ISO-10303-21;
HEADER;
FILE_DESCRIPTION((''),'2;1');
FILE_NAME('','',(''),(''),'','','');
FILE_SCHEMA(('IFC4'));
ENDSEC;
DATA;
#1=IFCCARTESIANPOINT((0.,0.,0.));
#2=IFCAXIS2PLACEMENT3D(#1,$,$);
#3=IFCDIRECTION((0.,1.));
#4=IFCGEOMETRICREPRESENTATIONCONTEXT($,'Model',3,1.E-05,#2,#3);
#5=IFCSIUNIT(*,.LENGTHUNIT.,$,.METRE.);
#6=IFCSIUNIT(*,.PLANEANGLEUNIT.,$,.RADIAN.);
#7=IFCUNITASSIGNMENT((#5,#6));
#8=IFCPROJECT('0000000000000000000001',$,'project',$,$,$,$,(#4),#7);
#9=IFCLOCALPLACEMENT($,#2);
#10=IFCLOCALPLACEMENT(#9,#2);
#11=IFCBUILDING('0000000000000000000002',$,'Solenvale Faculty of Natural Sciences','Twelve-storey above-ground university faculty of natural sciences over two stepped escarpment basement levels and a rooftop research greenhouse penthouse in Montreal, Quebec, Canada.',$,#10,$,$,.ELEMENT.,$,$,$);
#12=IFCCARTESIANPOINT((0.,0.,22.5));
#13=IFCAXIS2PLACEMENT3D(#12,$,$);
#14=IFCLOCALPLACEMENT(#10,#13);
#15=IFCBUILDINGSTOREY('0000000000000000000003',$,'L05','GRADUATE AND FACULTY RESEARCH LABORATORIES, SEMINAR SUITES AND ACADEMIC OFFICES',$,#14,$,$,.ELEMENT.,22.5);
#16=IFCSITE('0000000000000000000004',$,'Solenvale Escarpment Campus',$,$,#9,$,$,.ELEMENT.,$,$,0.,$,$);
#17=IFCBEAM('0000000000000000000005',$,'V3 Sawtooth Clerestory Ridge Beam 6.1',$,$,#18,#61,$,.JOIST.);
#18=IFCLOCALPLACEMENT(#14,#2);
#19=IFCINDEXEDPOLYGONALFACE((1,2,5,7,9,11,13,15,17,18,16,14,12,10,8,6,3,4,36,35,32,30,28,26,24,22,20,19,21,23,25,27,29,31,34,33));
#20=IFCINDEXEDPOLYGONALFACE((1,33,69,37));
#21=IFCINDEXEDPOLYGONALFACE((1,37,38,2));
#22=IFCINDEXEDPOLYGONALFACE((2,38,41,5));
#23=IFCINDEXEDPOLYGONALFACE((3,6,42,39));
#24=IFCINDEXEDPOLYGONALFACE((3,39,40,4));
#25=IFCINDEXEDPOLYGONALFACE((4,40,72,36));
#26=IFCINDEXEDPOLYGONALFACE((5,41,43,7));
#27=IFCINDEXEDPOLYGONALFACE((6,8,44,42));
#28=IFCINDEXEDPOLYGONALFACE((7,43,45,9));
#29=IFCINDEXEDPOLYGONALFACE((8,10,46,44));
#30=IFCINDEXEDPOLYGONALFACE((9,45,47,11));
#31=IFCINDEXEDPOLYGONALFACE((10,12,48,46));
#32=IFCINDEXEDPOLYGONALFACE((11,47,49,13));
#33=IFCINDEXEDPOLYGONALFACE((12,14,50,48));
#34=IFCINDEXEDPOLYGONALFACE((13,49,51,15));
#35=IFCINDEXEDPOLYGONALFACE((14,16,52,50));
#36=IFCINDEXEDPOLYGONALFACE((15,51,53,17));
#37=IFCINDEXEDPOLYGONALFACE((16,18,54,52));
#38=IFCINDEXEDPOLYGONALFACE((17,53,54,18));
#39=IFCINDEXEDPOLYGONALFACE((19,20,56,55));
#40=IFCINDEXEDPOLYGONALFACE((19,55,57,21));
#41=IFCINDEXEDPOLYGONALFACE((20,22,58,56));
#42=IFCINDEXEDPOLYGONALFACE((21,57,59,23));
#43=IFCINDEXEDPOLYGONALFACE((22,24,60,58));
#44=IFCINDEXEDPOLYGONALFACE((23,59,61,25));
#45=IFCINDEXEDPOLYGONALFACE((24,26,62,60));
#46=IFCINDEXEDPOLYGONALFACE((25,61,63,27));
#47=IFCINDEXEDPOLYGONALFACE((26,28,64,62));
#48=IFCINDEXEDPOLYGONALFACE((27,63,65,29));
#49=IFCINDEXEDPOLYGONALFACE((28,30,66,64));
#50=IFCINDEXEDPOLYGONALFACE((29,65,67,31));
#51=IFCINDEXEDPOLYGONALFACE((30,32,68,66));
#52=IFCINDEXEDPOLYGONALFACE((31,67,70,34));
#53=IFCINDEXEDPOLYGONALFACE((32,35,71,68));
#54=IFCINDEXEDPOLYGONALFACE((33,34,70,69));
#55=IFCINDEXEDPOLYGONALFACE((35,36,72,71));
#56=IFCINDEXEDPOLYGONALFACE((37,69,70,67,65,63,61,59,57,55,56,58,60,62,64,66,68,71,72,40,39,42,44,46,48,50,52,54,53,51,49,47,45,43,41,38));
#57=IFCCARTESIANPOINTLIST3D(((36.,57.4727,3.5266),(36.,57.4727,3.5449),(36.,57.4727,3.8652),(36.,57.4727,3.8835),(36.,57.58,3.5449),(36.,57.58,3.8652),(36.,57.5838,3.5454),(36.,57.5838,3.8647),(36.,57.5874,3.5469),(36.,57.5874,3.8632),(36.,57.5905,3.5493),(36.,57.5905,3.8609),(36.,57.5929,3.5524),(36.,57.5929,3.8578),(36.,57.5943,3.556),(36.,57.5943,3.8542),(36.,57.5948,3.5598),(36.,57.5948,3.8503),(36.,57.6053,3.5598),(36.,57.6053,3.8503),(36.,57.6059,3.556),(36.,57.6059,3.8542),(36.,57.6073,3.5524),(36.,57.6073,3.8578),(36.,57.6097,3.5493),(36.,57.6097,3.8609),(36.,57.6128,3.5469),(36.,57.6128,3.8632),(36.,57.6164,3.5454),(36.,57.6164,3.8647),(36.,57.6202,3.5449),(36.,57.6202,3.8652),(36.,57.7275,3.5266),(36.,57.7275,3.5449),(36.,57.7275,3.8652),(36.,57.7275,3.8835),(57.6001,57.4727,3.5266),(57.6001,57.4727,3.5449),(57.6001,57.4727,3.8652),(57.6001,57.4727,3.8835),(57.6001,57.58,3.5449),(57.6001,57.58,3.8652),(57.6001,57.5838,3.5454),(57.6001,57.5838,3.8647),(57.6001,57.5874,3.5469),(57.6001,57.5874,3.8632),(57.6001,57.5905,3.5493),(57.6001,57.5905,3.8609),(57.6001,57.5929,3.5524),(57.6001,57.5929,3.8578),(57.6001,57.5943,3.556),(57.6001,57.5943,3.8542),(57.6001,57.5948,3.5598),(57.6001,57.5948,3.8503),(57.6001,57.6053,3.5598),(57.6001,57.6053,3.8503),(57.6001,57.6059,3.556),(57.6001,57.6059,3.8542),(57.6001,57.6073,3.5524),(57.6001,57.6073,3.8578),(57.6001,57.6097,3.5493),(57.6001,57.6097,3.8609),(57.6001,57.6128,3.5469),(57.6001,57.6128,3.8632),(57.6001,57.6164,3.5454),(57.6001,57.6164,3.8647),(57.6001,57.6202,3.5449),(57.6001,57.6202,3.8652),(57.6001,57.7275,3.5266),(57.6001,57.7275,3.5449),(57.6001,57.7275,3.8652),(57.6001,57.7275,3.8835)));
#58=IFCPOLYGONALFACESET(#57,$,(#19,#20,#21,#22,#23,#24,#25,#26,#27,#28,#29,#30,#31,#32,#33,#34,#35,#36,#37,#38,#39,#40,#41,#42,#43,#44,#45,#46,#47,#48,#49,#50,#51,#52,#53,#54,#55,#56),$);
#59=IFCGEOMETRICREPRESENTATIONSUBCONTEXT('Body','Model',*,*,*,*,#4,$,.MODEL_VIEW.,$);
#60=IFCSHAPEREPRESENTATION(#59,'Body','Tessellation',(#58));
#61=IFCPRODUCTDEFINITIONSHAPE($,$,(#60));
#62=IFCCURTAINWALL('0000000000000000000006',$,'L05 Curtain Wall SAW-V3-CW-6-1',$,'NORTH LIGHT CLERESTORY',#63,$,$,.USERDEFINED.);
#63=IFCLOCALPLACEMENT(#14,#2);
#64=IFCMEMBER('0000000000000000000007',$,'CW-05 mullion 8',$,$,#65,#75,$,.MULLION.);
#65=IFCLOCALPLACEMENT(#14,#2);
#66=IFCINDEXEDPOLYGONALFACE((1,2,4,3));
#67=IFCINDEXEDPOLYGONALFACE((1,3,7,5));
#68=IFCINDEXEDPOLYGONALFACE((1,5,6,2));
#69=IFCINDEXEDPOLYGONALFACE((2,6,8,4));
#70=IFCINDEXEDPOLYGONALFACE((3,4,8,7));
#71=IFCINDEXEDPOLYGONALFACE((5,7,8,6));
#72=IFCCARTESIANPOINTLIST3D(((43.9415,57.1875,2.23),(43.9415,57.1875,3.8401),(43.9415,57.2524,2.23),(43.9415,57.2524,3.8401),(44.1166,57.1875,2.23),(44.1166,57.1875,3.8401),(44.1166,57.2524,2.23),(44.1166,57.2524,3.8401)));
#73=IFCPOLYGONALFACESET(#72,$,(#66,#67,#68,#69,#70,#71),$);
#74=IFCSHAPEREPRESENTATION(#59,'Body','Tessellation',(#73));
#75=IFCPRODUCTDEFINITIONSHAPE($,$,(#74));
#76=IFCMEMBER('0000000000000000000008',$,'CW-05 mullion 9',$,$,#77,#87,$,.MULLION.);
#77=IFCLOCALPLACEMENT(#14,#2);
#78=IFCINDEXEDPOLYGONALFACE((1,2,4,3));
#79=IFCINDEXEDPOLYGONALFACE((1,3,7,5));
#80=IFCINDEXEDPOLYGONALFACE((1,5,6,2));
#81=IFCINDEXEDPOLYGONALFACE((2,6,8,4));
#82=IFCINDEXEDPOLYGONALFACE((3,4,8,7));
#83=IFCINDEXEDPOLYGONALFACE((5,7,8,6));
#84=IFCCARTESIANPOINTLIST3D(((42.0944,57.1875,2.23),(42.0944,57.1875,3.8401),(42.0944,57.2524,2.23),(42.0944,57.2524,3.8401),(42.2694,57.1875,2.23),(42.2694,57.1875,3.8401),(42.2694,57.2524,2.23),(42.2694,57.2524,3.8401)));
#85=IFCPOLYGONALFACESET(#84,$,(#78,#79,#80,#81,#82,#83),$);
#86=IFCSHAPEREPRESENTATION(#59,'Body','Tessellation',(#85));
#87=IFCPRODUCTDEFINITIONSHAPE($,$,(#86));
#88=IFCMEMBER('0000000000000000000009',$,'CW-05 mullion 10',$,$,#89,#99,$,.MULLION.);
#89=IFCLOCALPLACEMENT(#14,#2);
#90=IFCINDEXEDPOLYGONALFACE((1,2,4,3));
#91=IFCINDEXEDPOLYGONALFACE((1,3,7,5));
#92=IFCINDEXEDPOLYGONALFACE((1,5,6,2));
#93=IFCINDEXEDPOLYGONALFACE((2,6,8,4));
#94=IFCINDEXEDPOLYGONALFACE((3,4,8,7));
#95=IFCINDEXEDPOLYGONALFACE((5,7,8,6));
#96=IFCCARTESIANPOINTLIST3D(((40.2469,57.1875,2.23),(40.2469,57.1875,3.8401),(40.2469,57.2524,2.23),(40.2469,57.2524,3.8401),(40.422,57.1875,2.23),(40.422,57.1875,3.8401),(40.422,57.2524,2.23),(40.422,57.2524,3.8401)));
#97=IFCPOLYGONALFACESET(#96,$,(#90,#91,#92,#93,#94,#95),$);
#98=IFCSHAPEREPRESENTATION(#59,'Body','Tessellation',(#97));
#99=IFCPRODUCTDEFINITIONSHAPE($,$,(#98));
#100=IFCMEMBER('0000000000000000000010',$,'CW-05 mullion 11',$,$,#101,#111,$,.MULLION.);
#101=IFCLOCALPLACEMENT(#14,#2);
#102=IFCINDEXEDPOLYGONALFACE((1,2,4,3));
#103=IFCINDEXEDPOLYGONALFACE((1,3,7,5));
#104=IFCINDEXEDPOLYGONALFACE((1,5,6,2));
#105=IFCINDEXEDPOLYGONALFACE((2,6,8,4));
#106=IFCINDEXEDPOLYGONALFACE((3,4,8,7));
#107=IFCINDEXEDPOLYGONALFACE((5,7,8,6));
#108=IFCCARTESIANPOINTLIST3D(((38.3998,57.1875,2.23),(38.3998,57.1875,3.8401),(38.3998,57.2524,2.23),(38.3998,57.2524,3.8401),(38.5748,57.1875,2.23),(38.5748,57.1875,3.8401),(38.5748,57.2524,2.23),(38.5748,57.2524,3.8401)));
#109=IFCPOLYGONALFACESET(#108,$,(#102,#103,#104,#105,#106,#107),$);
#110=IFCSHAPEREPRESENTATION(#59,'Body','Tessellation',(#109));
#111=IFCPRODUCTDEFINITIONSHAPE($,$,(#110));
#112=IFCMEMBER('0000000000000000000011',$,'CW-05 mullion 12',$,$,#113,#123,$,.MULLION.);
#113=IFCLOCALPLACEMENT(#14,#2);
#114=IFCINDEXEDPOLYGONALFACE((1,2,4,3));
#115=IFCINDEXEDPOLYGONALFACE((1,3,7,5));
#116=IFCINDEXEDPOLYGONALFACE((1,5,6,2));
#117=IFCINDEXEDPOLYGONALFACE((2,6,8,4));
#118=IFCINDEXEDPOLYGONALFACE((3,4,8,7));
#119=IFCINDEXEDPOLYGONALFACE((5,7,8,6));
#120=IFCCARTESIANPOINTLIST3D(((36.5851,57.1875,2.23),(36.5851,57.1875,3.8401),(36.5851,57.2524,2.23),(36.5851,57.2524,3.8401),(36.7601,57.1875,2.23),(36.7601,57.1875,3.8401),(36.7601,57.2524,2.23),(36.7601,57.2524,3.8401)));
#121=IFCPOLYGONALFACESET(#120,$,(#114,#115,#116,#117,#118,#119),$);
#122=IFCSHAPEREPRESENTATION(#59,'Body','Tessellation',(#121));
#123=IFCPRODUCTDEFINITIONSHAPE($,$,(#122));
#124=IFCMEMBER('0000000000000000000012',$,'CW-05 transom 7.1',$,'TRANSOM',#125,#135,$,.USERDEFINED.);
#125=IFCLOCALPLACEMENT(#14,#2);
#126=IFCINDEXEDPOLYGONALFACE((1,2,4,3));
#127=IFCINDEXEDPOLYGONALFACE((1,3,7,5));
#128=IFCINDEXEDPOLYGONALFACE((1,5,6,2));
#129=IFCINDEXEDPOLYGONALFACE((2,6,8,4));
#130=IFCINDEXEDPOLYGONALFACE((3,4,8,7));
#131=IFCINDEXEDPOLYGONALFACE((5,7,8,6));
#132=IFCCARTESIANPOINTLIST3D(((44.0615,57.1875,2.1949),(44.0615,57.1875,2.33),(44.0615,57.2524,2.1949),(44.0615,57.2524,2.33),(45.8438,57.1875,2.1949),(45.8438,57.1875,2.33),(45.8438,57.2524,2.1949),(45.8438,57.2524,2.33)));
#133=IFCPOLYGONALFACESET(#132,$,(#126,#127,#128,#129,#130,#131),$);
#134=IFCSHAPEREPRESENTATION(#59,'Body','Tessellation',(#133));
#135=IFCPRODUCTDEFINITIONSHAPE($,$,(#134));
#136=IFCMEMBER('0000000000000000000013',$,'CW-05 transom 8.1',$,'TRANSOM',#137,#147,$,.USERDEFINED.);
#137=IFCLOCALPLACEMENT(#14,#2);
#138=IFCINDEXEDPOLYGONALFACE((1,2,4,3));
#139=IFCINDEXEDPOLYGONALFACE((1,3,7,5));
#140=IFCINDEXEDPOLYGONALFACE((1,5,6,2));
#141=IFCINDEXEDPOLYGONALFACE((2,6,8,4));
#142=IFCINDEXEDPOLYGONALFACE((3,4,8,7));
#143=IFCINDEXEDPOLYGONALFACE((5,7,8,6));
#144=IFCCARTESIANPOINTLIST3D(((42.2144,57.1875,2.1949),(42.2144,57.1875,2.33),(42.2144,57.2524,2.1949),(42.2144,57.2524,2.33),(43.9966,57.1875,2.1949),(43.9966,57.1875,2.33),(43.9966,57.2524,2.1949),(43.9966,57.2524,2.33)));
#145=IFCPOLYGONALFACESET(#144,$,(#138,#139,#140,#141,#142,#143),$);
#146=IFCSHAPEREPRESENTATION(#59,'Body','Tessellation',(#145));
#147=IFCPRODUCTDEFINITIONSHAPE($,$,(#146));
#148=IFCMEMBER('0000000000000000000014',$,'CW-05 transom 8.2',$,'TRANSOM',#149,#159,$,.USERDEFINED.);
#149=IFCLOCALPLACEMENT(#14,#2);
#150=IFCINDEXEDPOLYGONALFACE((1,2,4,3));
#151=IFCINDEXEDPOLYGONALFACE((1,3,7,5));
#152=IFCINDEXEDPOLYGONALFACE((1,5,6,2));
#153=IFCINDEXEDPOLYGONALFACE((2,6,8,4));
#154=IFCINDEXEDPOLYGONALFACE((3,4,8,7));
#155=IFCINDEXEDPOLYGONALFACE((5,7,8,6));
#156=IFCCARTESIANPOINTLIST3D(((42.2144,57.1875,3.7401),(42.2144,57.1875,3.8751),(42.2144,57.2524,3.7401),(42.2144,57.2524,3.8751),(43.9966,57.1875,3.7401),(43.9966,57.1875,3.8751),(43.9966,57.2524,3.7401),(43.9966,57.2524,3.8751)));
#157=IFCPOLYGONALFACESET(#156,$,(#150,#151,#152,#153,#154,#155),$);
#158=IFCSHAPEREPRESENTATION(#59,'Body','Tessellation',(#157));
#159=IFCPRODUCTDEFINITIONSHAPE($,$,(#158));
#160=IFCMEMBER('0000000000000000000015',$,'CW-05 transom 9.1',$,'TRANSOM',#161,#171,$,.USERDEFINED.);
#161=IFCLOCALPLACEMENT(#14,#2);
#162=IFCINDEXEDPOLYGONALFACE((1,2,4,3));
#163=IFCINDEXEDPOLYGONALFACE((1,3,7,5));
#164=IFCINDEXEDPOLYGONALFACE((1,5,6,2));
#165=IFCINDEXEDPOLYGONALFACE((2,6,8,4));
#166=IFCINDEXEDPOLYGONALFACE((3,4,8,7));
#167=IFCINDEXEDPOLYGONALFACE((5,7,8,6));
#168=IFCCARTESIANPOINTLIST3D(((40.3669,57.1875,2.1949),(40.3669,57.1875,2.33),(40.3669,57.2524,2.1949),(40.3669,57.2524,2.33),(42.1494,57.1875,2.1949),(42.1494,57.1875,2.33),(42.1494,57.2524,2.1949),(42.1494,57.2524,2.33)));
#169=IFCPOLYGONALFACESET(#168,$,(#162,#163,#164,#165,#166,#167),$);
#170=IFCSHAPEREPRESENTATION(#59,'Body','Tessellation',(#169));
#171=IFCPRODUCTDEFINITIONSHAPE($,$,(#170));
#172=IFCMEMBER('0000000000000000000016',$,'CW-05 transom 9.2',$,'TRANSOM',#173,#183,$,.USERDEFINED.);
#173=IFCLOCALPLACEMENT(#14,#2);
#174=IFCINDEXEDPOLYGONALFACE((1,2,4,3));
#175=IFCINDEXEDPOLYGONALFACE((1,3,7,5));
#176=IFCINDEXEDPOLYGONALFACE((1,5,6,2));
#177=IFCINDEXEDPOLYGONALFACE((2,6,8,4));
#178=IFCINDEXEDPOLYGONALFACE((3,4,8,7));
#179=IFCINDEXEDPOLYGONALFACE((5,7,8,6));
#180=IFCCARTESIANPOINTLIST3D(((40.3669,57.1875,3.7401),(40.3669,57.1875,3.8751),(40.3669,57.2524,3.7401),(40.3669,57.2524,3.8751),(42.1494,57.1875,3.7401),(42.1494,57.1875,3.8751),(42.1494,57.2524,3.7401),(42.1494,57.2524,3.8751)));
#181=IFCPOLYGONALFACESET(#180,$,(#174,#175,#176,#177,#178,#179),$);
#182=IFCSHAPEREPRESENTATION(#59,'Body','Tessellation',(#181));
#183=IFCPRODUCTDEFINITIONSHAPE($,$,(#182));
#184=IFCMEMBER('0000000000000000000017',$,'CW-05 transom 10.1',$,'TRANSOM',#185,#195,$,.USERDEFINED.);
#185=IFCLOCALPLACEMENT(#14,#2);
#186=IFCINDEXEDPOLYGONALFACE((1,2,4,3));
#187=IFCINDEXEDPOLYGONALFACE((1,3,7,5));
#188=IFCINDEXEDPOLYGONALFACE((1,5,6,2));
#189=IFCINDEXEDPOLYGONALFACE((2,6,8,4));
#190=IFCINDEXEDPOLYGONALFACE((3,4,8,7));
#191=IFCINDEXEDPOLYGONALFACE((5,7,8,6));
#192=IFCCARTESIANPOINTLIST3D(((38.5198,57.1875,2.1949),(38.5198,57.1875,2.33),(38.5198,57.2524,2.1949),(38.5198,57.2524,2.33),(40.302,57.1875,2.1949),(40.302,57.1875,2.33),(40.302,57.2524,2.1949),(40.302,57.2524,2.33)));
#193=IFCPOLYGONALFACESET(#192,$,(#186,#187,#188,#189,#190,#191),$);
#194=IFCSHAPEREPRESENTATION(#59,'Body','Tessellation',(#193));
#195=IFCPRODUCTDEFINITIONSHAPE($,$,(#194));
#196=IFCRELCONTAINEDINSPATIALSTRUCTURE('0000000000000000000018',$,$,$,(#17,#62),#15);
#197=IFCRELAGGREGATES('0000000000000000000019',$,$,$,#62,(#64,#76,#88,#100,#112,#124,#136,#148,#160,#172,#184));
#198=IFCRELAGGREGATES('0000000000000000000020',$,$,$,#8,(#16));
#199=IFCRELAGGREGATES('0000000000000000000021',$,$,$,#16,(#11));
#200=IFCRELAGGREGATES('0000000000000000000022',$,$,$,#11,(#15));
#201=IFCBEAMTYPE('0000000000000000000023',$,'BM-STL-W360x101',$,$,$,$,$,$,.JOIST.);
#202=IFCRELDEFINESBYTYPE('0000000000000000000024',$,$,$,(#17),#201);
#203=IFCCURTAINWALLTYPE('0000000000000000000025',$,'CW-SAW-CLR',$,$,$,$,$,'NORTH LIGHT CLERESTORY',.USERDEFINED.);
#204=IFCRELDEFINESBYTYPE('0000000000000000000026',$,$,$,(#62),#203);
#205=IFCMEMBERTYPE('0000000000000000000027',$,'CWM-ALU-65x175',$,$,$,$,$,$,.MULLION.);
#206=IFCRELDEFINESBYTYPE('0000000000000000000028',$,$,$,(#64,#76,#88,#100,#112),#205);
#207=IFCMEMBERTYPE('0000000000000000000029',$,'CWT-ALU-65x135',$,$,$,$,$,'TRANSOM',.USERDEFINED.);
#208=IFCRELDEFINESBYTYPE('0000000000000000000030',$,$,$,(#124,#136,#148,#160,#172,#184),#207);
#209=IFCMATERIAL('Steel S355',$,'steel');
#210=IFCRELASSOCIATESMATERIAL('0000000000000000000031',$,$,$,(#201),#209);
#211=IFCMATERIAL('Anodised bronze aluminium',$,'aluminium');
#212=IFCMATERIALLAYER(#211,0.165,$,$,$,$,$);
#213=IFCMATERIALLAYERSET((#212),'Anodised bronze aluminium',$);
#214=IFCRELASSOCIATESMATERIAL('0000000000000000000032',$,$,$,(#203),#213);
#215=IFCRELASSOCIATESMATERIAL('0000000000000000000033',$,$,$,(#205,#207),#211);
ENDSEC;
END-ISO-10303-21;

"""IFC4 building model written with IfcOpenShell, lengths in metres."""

from ifc_helpers import new_model, si_unit, direction, frame, origin, origin_2d, place, context, subcontext, project, spatial, rectangle, i_section, extrude, material, layer, layer_set, material_profile, profile_set, type_object, element, aggregate, save


model = new_model("IFC4")

# Units and contexts
model_context = context("Model", 3, precision=1e-05, world=origin(), true_north=direction((0.0, 1.0)))
body_context = subcontext(model_context, "Body", "Model", "MODEL_VIEW")
ifc_project = project(units=[si_unit("LENGTHUNIT", "METRE"), si_unit("PLANEANGLEUNIT", "RADIAN")], contexts=[model_context])

# Site, building, storey
site_placement = place(None, origin())
site = spatial("IfcSite", under=ifc_project, at=site_placement, Name="Solenvale Escarpment Campus", CompositionType="ELEMENT", RefElevation=0.0)
building_placement = place(site_placement, origin())
building = spatial("IfcBuilding", under=site, at=building_placement, Name="Solenvale Faculty of Natural Sciences", Description="Twelve-storey above-ground university faculty of natural sciences over two stepped escarpment basement levels and a rooftop research greenhouse penthouse in Montreal, Quebec, Canada.", CompositionType="ELEMENT")
storey_placement = place(building_placement, frame((0.0, 0.0, 22.5)))
storey = spatial("IfcBuildingStorey", under=building, at=storey_placement, Name="L05", Description="GRADUATE AND FACULTY RESEARCH LABORATORIES, SEMINAR SUITES AND ACADEMIC OFFICES", CompositionType="ELEMENT", Elevation=22.5)

# Shared definitions
ifc_material_1 = material(Name="Steel S355", Category="steel")

# Beam
ifc_material_profile_1 = material_profile(ifc_material_1, i_section(OverallWidth=0.2549, OverallDepth=0.3569, WebThickness=0.0105, FlangeThickness=0.0183, FilletRadius=0.0149, at=origin_2d()), Name="W360x101")
ifc_profile_set_1 = profile_set([ifc_material_profile_1], Name="Steel S355")
beam_type_1 = type_object("IfcBeamType", Name="BM-STL-W360x101", PredefinedType="JOIST", material=ifc_profile_set_1)
beam_placement = place(storey_placement, frame((36.0, 57.6001, 3.7051), z_axis=(1.0, 0.0, 0.0), x_axis=(0.0, 1.0, 0.0)))
element("IfcBeam", 1, at=beam_placement, inside=storey, type_object=beam_type_1, Name="V3 Sawtooth Clerestory Ridge Beam 6.1", PredefinedType="JOIST", context=body_context, shape_type="SweptSolid", body=[
    extrude(i_section(OverallWidth=0.2549, OverallDepth=0.3569, WebThickness=0.0105, FlangeThickness=0.0183, FilletRadius=0.0149, at=origin_2d()), origin(), (0.0, 0.0, 1.0), 21.6001),
])

# Curtain wall, members
ifc_material_2 = material(Name="Anodised bronze aluminium", Category="aluminium")
ifc_layer_1 = layer(ifc_material_2, 0.165)
ifc_layer_set_1 = layer_set([ifc_layer_1], Name="Anodised bronze aluminium")
curtain_wall_type = type_object("IfcCurtainWallType", Name="CW-SAW-CLR", ElementType="NORTH LIGHT CLERESTORY", PredefinedType="USERDEFINED", material=ifc_layer_set_1)
curtain_wall_placement = place(storey_placement, origin())
curtain_wall = element("IfcCurtainWall", 2, at=curtain_wall_placement, inside=storey, type_object=curtain_wall_type, Name="L05 Curtain Wall SAW-V3-CW-6-1", ObjectType="NORTH LIGHT CLERESTORY", PredefinedType="USERDEFINED")
ifc_material_profile_2 = material_profile(ifc_material_2, rectangle(XDim=0.0649, YDim=0.175, at=origin_2d()), Name="ALU-MUL-65x175")
ifc_profile_set_2 = profile_set([ifc_material_profile_2], Name="Anodised bronze aluminium")
member_type_1 = type_object("IfcMemberType", Name="CWM-ALU-65x175", PredefinedType="MULLION", material=ifc_profile_set_2)
member_1_placement = place(storey_placement, frame((44.0291, 57.22, 2.23), z_axis=(0.0, 0.0, 1.0), x_axis=(0.0, -1.0, 0.0)))
member_1 = element("IfcMember", 3, at=member_1_placement, type_object=member_type_1, Name="CW-05 mullion 8", PredefinedType="MULLION", context=body_context, shape_type="SweptSolid", body=[
    extrude(rectangle(XDim=0.0649, YDim=0.175, at=origin_2d()), origin(), (0.0, 0.0, 1.0), 1.6101),
])
member_2_placement = place(storey_placement, frame((42.1819, 57.22, 2.23), z_axis=(0.0, 0.0, 1.0), x_axis=(0.0, -1.0, 0.0)))
member_2 = element("IfcMember", 4, at=member_2_placement, type_object=member_type_1, Name="CW-05 mullion 9", PredefinedType="MULLION", context=body_context, shape_type="SweptSolid", body=[
    extrude(rectangle(XDim=0.0649, YDim=0.175, at=origin_2d()), origin(), (0.0, 0.0, 1.0), 1.6101),
])
member_3_placement = place(storey_placement, frame((40.3345, 57.22, 2.23), z_axis=(0.0, 0.0, 1.0), x_axis=(0.0, -1.0, 0.0)))
member_3 = element("IfcMember", 5, at=member_3_placement, type_object=member_type_1, Name="CW-05 mullion 10", PredefinedType="MULLION", context=body_context, shape_type="SweptSolid", body=[
    extrude(rectangle(XDim=0.0649, YDim=0.175, at=origin_2d()), origin(), (0.0, 0.0, 1.0), 1.6101),
])
member_4_placement = place(storey_placement, frame((38.4873, 57.22, 2.23), z_axis=(0.0, 0.0, 1.0), x_axis=(0.0, -1.0, 0.0)))
member_4 = element("IfcMember", 6, at=member_4_placement, type_object=member_type_1, Name="CW-05 mullion 11", PredefinedType="MULLION", context=body_context, shape_type="SweptSolid", body=[
    extrude(rectangle(XDim=0.0649, YDim=0.175, at=origin_2d()), origin(), (0.0, 0.0, 1.0), 1.6101),
])
member_5_placement = place(storey_placement, frame((36.6726, 57.22, 2.23), z_axis=(0.0, 0.0, 1.0), x_axis=(0.0, -1.0, 0.0)))
member_5 = element("IfcMember", 7, at=member_5_placement, type_object=member_type_1, Name="CW-05 mullion 12", PredefinedType="MULLION", context=body_context, shape_type="SweptSolid", body=[
    extrude(rectangle(XDim=0.0649, YDim=0.175, at=origin_2d()), origin(), (0.0, 0.0, 1.0), 1.6101),
])
ifc_material_profile_3 = material_profile(ifc_material_2, rectangle(XDim=0.0649, YDim=0.135, at=origin_2d()), Name="ALU-TRN-65x135")
ifc_profile_set_3 = profile_set([ifc_material_profile_3], Name="Anodised bronze aluminium")
member_type_2 = type_object("IfcMemberType", Name="CWT-ALU-65x135", ElementType="TRANSOM", PredefinedType="USERDEFINED", material=ifc_profile_set_3)
member_6_placement = place(storey_placement, frame((45.8438, 57.22, 2.2625), z_axis=(-1.0, 0.0, 0.0), x_axis=(0.0, -1.0, 0.0)))
member_6 = element("IfcMember", 8, at=member_6_placement, type_object=member_type_2, Name="CW-05 transom 7.1", ObjectType="TRANSOM", PredefinedType="USERDEFINED", context=body_context, shape_type="SweptSolid", body=[
    extrude(rectangle(XDim=0.0649, YDim=0.135, at=origin_2d()), origin(), (0.0, 0.0, 1.0), 1.7822),
])
member_7_placement = place(storey_placement, frame((43.9966, 57.22, 2.2625), z_axis=(-1.0, 0.0, 0.0), x_axis=(0.0, -1.0, 0.0)))
member_7 = element("IfcMember", 9, at=member_7_placement, type_object=member_type_2, Name="CW-05 transom 8.1", ObjectType="TRANSOM", PredefinedType="USERDEFINED", context=body_context, shape_type="SweptSolid", body=[
    extrude(rectangle(XDim=0.0649, YDim=0.135, at=origin_2d()), origin(), (0.0, 0.0, 1.0), 1.7822),
])
member_8_placement = place(storey_placement, frame((43.9966, 57.22, 3.8076), z_axis=(-1.0, 0.0, 0.0), x_axis=(0.0, -1.0, 0.0)))
member_8 = element("IfcMember", 10, at=member_8_placement, type_object=member_type_2, Name="CW-05 transom 8.2", ObjectType="TRANSOM", PredefinedType="USERDEFINED", context=body_context, shape_type="SweptSolid", body=[
    extrude(rectangle(XDim=0.0649, YDim=0.135, at=origin_2d()), origin(), (0.0, 0.0, 1.0), 1.7822),
])
member_9_placement = place(storey_placement, frame((42.1494, 57.22, 2.2625), z_axis=(-1.0, 0.0, 0.0), x_axis=(0.0, -1.0, 0.0)))
member_9 = element("IfcMember", 11, at=member_9_placement, type_object=member_type_2, Name="CW-05 transom 9.1", ObjectType="TRANSOM", PredefinedType="USERDEFINED", context=body_context, shape_type="SweptSolid", body=[
    extrude(rectangle(XDim=0.0649, YDim=0.135, at=origin_2d()), origin(), (0.0, 0.0, 1.0), 1.7825),
])
member_10_placement = place(storey_placement, frame((42.1494, 57.22, 3.8076), z_axis=(-1.0, 0.0, 0.0), x_axis=(0.0, -1.0, 0.0)))
member_10 = element("IfcMember", 12, at=member_10_placement, type_object=member_type_2, Name="CW-05 transom 9.2", ObjectType="TRANSOM", PredefinedType="USERDEFINED", context=body_context, shape_type="SweptSolid", body=[
    extrude(rectangle(XDim=0.0649, YDim=0.135, at=origin_2d()), origin(), (0.0, 0.0, 1.0), 1.7825),
])
member_11_placement = place(storey_placement, frame((40.302, 57.22, 2.2625), z_axis=(-1.0, 0.0, 0.0), x_axis=(0.0, -1.0, 0.0)))
member_11 = element("IfcMember", 13, at=member_11_placement, type_object=member_type_2, Name="CW-05 transom 10.1", ObjectType="TRANSOM", PredefinedType="USERDEFINED", context=body_context, shape_type="SweptSolid", body=[
    extrude(rectangle(XDim=0.0649, YDim=0.135, at=origin_2d()), origin(), (0.0, 0.0, 1.0), 1.7822),
])

aggregate(curtain_wall, [member_1, member_2, member_3, member_4, member_5, member_6, member_7, member_8, member_9, member_10, member_11])

save(model, "model.ifc")
